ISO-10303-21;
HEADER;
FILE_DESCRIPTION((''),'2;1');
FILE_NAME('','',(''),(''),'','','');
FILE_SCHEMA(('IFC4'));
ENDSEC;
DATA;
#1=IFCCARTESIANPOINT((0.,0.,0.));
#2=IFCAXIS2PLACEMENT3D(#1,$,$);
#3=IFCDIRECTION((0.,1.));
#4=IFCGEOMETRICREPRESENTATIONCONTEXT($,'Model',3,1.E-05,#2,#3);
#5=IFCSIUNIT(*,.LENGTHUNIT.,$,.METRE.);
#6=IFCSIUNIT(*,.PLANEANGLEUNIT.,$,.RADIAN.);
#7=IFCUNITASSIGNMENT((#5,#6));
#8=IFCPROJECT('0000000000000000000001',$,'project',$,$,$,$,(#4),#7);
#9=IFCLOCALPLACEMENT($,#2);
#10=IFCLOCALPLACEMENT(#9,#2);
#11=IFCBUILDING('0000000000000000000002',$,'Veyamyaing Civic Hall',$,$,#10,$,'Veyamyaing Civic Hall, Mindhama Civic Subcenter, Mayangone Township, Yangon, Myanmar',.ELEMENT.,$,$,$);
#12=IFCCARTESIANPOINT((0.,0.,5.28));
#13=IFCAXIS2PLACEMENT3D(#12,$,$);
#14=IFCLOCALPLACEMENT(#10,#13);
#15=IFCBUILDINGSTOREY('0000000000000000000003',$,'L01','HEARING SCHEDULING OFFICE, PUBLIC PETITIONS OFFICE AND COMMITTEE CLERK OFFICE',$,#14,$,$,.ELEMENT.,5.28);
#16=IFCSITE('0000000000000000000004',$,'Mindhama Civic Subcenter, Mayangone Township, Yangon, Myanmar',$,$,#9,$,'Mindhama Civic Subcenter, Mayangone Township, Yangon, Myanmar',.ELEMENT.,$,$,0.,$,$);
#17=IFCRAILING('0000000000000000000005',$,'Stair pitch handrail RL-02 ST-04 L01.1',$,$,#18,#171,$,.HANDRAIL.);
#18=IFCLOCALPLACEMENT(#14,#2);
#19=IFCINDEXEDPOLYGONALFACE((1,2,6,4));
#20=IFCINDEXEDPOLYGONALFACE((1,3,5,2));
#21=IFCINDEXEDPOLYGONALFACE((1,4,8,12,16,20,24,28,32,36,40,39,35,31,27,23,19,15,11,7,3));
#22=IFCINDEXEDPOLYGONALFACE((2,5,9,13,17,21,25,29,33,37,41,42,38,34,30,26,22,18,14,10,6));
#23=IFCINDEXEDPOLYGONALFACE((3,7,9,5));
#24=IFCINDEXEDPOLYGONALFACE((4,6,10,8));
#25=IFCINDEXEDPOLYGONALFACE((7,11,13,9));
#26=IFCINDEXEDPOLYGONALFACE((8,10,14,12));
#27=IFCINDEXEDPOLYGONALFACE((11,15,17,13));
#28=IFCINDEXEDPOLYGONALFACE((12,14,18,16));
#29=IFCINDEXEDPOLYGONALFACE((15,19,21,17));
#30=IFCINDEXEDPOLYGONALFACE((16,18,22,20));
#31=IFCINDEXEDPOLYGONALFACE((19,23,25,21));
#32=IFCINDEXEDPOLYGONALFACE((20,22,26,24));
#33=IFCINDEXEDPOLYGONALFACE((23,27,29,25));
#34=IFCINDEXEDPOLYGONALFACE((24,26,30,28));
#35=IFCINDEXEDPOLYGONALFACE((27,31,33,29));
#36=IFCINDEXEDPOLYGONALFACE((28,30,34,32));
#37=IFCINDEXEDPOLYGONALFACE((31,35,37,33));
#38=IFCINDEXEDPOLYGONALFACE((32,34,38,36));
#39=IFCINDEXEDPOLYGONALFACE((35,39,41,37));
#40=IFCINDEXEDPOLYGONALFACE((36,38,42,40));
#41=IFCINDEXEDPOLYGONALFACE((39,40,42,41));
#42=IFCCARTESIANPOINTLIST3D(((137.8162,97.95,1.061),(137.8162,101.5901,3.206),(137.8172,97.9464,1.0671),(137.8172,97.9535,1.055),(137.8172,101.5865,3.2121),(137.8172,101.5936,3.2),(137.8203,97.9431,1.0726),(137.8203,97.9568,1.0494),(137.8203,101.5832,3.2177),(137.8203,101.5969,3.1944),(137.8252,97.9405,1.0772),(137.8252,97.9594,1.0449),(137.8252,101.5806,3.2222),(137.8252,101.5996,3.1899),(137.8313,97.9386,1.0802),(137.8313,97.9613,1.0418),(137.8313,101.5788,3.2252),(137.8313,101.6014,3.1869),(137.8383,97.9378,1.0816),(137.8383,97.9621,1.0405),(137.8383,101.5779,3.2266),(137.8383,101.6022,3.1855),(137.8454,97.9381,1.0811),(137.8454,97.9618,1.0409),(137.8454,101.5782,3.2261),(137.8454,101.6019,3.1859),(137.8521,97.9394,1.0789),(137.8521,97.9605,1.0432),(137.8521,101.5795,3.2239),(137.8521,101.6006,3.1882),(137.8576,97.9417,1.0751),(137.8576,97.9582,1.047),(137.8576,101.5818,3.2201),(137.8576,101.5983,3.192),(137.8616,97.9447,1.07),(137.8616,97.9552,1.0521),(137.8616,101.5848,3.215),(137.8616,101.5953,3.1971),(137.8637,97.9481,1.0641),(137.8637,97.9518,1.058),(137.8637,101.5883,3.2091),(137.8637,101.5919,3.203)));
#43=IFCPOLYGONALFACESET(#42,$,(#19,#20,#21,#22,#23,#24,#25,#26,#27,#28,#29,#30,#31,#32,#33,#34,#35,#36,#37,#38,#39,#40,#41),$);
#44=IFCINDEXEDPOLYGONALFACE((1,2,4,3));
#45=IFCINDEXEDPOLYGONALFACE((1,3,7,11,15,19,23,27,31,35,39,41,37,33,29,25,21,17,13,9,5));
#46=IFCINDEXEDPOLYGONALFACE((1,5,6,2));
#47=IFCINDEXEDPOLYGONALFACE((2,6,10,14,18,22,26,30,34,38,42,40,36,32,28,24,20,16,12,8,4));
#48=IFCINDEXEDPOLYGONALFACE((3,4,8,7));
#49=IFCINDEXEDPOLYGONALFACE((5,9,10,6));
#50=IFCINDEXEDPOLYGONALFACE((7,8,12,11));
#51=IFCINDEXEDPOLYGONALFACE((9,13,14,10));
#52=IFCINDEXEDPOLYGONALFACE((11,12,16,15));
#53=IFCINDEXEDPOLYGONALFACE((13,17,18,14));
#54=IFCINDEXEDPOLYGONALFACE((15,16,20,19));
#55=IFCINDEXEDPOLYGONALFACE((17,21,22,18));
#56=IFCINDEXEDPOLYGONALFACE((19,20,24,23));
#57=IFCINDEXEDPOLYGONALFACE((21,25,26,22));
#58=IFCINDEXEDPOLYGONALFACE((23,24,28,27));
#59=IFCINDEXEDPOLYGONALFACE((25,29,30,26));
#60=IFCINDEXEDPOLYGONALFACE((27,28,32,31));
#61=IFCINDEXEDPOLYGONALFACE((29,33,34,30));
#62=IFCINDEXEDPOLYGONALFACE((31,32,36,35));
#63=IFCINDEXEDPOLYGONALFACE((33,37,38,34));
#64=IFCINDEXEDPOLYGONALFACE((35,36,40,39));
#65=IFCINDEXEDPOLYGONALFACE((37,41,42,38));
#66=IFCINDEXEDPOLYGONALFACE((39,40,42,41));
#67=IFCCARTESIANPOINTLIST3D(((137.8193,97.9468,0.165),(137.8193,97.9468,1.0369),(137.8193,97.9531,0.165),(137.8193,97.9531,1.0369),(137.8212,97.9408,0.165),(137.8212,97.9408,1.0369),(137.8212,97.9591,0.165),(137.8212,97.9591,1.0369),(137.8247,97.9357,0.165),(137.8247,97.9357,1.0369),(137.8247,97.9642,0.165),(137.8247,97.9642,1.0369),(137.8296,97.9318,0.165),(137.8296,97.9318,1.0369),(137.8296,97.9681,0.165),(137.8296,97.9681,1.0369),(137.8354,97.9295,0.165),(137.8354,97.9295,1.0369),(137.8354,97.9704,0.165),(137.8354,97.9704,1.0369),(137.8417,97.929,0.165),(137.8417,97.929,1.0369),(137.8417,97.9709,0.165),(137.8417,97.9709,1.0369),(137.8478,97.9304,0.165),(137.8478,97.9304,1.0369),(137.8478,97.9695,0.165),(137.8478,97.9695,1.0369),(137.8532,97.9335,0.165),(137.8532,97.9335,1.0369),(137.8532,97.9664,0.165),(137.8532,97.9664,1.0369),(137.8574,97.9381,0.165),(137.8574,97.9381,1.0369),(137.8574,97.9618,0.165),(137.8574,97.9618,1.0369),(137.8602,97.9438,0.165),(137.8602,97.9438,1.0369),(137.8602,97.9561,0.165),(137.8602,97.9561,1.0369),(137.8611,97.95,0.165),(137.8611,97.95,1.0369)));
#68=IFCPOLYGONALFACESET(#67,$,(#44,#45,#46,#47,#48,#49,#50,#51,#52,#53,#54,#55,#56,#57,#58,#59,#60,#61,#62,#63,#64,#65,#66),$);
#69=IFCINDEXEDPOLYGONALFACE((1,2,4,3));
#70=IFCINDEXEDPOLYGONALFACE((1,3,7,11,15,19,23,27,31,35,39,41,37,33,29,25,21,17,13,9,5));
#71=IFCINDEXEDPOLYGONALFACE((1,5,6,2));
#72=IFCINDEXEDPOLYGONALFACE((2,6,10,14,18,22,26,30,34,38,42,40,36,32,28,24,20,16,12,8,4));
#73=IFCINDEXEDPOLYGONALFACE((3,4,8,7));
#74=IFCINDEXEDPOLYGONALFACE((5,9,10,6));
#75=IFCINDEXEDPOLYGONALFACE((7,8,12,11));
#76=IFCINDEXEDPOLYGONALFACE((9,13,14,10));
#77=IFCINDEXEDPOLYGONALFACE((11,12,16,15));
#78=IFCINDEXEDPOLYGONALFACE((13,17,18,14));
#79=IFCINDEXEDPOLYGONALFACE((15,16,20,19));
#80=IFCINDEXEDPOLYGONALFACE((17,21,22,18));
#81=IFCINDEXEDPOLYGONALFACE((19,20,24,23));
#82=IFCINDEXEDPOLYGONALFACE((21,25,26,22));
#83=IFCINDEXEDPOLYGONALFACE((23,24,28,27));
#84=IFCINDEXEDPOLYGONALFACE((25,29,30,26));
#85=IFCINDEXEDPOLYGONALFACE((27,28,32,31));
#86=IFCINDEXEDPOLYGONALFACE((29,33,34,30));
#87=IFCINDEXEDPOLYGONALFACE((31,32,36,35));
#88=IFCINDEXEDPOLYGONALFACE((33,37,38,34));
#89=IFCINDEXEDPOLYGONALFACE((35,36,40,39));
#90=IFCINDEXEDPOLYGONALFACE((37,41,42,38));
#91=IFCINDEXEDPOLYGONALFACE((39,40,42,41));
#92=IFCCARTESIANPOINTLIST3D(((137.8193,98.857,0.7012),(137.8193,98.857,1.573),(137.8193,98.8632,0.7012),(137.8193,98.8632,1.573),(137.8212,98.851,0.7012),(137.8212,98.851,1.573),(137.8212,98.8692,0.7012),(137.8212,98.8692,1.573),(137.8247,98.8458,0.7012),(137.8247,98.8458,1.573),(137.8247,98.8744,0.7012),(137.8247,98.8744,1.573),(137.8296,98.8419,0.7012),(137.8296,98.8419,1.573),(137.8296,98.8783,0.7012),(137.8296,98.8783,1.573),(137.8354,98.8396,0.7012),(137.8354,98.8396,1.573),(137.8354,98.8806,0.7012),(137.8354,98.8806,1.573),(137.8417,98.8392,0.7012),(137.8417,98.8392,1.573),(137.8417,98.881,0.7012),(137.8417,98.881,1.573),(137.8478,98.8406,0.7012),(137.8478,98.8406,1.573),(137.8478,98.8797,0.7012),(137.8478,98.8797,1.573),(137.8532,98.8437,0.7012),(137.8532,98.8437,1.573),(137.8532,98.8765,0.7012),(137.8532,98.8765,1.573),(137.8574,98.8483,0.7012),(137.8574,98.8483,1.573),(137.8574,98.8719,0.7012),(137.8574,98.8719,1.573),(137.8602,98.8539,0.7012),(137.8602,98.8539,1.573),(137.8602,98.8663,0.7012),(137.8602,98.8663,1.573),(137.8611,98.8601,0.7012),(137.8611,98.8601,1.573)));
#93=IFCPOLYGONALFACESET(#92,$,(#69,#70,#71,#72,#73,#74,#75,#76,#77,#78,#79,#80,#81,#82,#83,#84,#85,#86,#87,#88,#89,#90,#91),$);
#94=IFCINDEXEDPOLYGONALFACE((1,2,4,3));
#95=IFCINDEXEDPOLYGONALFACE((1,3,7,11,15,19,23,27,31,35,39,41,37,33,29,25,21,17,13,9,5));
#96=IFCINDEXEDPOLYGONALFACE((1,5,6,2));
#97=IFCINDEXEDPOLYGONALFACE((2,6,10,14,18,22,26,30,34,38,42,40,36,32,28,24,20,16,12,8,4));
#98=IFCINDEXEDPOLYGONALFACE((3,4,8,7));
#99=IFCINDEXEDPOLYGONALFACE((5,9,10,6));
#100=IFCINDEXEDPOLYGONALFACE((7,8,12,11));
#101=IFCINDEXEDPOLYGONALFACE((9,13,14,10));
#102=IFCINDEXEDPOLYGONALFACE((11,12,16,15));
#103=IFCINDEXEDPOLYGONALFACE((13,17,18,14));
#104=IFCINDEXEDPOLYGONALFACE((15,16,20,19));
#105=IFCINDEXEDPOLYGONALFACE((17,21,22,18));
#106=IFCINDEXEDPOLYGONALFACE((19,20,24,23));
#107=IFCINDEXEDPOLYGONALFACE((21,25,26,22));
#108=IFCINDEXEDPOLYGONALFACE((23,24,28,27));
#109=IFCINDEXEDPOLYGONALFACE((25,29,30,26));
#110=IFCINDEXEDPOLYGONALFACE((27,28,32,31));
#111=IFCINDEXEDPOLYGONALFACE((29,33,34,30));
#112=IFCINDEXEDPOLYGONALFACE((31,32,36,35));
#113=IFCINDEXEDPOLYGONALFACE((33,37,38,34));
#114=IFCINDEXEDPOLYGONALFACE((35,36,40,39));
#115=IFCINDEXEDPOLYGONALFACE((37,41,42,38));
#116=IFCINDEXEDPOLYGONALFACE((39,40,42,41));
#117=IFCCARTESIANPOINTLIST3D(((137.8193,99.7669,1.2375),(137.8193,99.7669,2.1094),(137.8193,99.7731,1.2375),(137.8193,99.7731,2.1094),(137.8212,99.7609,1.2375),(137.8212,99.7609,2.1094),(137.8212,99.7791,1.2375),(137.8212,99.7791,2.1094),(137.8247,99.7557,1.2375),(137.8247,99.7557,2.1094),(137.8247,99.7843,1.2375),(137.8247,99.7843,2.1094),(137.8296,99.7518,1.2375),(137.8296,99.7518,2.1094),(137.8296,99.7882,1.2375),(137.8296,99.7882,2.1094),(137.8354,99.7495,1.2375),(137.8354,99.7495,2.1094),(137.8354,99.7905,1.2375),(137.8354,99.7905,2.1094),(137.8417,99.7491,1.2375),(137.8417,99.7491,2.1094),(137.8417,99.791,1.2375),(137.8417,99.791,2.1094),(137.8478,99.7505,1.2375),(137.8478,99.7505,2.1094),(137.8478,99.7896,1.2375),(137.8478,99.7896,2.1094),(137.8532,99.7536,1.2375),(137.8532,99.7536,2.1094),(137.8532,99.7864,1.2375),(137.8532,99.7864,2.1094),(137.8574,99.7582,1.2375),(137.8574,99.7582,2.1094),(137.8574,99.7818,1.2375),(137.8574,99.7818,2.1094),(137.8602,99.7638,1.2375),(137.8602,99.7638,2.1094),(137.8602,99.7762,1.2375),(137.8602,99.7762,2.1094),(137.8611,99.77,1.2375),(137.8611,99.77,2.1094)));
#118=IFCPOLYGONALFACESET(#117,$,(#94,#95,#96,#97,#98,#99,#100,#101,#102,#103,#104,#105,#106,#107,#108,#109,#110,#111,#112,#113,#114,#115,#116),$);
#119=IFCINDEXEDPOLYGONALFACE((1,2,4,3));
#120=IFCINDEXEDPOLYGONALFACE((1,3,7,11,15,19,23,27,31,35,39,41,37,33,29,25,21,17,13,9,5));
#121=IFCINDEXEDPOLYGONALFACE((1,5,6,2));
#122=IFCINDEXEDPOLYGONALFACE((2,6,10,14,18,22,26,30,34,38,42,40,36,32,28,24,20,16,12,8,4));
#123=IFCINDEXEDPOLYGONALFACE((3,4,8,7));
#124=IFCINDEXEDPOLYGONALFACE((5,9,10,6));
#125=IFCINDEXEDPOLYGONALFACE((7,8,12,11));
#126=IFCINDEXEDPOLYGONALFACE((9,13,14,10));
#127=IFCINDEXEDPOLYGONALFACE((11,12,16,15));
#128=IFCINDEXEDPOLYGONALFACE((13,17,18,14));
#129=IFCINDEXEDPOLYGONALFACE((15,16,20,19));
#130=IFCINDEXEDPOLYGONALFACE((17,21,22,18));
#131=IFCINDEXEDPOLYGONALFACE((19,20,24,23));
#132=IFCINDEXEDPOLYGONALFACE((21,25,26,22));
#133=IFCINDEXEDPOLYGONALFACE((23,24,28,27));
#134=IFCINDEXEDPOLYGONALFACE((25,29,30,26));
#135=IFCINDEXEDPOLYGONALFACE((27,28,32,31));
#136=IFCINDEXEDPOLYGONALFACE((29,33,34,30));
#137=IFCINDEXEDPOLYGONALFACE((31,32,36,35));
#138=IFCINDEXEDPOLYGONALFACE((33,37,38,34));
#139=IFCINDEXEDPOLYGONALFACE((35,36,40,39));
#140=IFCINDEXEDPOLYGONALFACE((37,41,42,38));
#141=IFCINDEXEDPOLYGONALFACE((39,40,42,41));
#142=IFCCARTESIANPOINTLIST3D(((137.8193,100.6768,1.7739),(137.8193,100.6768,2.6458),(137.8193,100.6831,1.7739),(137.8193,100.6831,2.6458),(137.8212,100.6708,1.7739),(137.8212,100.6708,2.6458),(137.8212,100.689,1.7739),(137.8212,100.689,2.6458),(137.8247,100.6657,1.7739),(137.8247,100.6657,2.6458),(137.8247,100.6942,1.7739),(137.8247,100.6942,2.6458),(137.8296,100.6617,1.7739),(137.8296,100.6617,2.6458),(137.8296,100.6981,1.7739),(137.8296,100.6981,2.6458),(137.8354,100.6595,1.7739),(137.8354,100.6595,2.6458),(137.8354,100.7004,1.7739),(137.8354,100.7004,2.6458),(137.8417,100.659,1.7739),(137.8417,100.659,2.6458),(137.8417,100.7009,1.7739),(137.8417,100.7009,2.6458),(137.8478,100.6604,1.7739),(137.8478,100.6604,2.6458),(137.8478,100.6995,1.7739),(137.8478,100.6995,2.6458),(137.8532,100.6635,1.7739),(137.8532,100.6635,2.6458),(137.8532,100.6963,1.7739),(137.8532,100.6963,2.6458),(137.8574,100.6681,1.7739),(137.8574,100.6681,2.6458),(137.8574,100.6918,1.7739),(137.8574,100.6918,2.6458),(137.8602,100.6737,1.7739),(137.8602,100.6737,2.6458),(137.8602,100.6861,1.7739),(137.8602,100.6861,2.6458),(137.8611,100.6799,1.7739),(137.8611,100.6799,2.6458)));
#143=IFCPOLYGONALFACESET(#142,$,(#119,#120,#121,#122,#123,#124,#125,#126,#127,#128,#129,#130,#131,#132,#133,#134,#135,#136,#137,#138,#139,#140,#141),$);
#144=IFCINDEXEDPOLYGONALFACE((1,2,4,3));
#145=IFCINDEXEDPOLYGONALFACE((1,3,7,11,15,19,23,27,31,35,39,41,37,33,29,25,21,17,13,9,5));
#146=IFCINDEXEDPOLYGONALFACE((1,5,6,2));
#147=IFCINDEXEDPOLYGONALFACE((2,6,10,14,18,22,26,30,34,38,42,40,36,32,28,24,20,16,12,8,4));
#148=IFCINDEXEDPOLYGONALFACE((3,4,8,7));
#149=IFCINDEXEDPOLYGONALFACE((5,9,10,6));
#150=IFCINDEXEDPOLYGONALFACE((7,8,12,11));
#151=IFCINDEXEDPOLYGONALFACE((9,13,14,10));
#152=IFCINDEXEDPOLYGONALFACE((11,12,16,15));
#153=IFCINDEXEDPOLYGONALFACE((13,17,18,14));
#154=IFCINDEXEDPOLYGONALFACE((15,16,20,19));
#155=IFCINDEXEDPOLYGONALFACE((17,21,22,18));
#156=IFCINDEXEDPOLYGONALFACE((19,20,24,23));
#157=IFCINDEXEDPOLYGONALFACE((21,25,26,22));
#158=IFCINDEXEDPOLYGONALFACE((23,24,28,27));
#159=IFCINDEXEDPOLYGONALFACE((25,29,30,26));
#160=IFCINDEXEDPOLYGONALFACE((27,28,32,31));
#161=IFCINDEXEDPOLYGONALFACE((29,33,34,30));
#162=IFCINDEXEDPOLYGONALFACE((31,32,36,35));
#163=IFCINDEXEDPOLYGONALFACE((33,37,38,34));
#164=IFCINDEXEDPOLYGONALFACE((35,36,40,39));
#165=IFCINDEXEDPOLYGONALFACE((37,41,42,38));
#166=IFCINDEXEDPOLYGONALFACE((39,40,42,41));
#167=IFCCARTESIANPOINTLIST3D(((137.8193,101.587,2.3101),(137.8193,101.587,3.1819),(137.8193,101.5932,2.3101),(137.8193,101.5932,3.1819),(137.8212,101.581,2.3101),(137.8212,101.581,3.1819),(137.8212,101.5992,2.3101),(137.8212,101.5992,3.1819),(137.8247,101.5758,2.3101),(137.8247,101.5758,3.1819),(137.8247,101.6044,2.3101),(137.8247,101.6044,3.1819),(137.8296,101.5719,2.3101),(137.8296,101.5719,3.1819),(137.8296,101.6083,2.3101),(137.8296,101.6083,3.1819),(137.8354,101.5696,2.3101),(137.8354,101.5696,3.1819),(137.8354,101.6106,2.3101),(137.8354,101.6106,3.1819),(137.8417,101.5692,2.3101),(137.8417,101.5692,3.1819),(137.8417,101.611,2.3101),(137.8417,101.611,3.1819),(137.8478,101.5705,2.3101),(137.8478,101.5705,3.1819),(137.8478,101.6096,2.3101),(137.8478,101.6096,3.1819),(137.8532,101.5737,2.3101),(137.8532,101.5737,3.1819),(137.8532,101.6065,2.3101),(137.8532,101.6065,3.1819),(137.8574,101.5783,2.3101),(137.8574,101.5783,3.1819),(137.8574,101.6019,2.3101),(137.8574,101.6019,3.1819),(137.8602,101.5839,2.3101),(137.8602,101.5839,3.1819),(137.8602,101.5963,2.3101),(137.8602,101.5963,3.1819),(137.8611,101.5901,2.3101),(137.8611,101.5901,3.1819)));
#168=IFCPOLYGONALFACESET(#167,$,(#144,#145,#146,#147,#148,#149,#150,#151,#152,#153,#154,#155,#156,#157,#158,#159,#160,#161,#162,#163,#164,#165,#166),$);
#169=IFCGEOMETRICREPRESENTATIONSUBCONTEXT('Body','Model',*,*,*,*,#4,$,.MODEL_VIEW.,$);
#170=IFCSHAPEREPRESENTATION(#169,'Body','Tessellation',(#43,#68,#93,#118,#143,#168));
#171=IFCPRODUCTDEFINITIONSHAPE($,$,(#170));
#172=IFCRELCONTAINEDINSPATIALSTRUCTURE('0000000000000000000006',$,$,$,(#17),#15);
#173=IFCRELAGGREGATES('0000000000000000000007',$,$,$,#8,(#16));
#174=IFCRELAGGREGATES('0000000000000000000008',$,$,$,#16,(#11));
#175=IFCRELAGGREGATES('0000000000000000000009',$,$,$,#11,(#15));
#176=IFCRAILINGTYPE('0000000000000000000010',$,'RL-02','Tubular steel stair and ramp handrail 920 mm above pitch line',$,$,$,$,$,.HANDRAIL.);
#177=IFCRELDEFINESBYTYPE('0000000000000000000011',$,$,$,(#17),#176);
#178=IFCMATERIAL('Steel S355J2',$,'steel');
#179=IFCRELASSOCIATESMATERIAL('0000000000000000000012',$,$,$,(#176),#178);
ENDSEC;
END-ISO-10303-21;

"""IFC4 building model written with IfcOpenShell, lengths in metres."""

from ifc_helpers import new_model, si_unit, direction, frame, origin, origin_2d, place, context, subcontext, project, spatial, circle, extrude, material, type_object, element, save


model = new_model("IFC4")

# Units and contexts
model_context = context("Model", 3, precision=1e-05, world=origin(), true_north=direction((0.0, 1.0)))
body_context = subcontext(model_context, "Body", "Model", "MODEL_VIEW")
ifc_project = project(units=[si_unit("LENGTHUNIT", "METRE"), si_unit("PLANEANGLEUNIT", "RADIAN")], contexts=[model_context])

# Site, building, storey
site_placement = place(None, origin())
site = spatial("IfcSite", under=ifc_project, at=site_placement, Name="Mindhama Civic Subcenter, Mayangone Township, Yangon, Myanmar", LongName="Mindhama Civic Subcenter, Mayangone Township, Yangon, Myanmar", CompositionType="ELEMENT", RefElevation=0.0)
building_placement = place(site_placement, origin())
building = spatial("IfcBuilding", under=site, at=building_placement, Name="Veyamyaing Civic Hall", LongName="Veyamyaing Civic Hall, Mindhama Civic Subcenter, Mayangone Township, Yangon, Myanmar", CompositionType="ELEMENT")
storey_placement = place(building_placement, frame((0.0, 0.0, 5.28)))
storey = spatial("IfcBuildingStorey", under=building, at=storey_placement, Name="L01", Description="HEARING SCHEDULING OFFICE, PUBLIC PETITIONS OFFICE AND COMMITTEE CLERK OFFICE", CompositionType="ELEMENT", Elevation=5.28)

# Railing
ifc_material_1 = material(Name="Steel S355J2", Category="steel")
railing_type_1 = type_object("IfcRailingType", Name="RL-02", Description="Tubular steel stair and ramp handrail 920 mm above pitch line", PredefinedType="HANDRAIL", material=ifc_material_1)
railing_1_placement = place(storey_placement, frame((137.8401, 97.95, 0.165)))
element("IfcRailing", 1, at=railing_1_placement, inside=storey, type_object=railing_type_1, Name="Stair pitch handrail RL-02 ST-04 L01.1", PredefinedType="HANDRAIL", context=body_context, shape_type="SweptSolid", body=[
    extrude(circle(Radius=0.0239, at=origin_2d()), frame((0.0, 0.0, 0.896), z_axis=(0.0, 0.861545, 0.507682), x_axis=(-1.0, 0.0, 0.0)), (0.0, 0.0, 1.0), 4.2251),
    extrude(circle(Radius=0.021, at=origin_2d()), origin(), (0.0, 0.0, 1.0), 0.8718),
    extrude(circle(Radius=0.021, at=origin_2d()), frame((0.0, 0.9102, 0.5361)), (0.0, 0.0, 1.0), 0.8718),
    extrude(circle(Radius=0.021, at=origin_2d()), frame((0.0, 1.8201, 1.0725)), (0.0, 0.0, 1.0), 0.8718),
    extrude(circle(Radius=0.021, at=origin_2d()), frame((0.0, 2.73, 1.6089)), (0.0, 0.0, 1.0), 0.8718),
    extrude(circle(Radius=0.021, at=origin_2d()), frame((0.0, 3.6401, 2.145)), (0.0, 0.0, 1.0), 0.8718),
])

save(model, "model.ifc")
